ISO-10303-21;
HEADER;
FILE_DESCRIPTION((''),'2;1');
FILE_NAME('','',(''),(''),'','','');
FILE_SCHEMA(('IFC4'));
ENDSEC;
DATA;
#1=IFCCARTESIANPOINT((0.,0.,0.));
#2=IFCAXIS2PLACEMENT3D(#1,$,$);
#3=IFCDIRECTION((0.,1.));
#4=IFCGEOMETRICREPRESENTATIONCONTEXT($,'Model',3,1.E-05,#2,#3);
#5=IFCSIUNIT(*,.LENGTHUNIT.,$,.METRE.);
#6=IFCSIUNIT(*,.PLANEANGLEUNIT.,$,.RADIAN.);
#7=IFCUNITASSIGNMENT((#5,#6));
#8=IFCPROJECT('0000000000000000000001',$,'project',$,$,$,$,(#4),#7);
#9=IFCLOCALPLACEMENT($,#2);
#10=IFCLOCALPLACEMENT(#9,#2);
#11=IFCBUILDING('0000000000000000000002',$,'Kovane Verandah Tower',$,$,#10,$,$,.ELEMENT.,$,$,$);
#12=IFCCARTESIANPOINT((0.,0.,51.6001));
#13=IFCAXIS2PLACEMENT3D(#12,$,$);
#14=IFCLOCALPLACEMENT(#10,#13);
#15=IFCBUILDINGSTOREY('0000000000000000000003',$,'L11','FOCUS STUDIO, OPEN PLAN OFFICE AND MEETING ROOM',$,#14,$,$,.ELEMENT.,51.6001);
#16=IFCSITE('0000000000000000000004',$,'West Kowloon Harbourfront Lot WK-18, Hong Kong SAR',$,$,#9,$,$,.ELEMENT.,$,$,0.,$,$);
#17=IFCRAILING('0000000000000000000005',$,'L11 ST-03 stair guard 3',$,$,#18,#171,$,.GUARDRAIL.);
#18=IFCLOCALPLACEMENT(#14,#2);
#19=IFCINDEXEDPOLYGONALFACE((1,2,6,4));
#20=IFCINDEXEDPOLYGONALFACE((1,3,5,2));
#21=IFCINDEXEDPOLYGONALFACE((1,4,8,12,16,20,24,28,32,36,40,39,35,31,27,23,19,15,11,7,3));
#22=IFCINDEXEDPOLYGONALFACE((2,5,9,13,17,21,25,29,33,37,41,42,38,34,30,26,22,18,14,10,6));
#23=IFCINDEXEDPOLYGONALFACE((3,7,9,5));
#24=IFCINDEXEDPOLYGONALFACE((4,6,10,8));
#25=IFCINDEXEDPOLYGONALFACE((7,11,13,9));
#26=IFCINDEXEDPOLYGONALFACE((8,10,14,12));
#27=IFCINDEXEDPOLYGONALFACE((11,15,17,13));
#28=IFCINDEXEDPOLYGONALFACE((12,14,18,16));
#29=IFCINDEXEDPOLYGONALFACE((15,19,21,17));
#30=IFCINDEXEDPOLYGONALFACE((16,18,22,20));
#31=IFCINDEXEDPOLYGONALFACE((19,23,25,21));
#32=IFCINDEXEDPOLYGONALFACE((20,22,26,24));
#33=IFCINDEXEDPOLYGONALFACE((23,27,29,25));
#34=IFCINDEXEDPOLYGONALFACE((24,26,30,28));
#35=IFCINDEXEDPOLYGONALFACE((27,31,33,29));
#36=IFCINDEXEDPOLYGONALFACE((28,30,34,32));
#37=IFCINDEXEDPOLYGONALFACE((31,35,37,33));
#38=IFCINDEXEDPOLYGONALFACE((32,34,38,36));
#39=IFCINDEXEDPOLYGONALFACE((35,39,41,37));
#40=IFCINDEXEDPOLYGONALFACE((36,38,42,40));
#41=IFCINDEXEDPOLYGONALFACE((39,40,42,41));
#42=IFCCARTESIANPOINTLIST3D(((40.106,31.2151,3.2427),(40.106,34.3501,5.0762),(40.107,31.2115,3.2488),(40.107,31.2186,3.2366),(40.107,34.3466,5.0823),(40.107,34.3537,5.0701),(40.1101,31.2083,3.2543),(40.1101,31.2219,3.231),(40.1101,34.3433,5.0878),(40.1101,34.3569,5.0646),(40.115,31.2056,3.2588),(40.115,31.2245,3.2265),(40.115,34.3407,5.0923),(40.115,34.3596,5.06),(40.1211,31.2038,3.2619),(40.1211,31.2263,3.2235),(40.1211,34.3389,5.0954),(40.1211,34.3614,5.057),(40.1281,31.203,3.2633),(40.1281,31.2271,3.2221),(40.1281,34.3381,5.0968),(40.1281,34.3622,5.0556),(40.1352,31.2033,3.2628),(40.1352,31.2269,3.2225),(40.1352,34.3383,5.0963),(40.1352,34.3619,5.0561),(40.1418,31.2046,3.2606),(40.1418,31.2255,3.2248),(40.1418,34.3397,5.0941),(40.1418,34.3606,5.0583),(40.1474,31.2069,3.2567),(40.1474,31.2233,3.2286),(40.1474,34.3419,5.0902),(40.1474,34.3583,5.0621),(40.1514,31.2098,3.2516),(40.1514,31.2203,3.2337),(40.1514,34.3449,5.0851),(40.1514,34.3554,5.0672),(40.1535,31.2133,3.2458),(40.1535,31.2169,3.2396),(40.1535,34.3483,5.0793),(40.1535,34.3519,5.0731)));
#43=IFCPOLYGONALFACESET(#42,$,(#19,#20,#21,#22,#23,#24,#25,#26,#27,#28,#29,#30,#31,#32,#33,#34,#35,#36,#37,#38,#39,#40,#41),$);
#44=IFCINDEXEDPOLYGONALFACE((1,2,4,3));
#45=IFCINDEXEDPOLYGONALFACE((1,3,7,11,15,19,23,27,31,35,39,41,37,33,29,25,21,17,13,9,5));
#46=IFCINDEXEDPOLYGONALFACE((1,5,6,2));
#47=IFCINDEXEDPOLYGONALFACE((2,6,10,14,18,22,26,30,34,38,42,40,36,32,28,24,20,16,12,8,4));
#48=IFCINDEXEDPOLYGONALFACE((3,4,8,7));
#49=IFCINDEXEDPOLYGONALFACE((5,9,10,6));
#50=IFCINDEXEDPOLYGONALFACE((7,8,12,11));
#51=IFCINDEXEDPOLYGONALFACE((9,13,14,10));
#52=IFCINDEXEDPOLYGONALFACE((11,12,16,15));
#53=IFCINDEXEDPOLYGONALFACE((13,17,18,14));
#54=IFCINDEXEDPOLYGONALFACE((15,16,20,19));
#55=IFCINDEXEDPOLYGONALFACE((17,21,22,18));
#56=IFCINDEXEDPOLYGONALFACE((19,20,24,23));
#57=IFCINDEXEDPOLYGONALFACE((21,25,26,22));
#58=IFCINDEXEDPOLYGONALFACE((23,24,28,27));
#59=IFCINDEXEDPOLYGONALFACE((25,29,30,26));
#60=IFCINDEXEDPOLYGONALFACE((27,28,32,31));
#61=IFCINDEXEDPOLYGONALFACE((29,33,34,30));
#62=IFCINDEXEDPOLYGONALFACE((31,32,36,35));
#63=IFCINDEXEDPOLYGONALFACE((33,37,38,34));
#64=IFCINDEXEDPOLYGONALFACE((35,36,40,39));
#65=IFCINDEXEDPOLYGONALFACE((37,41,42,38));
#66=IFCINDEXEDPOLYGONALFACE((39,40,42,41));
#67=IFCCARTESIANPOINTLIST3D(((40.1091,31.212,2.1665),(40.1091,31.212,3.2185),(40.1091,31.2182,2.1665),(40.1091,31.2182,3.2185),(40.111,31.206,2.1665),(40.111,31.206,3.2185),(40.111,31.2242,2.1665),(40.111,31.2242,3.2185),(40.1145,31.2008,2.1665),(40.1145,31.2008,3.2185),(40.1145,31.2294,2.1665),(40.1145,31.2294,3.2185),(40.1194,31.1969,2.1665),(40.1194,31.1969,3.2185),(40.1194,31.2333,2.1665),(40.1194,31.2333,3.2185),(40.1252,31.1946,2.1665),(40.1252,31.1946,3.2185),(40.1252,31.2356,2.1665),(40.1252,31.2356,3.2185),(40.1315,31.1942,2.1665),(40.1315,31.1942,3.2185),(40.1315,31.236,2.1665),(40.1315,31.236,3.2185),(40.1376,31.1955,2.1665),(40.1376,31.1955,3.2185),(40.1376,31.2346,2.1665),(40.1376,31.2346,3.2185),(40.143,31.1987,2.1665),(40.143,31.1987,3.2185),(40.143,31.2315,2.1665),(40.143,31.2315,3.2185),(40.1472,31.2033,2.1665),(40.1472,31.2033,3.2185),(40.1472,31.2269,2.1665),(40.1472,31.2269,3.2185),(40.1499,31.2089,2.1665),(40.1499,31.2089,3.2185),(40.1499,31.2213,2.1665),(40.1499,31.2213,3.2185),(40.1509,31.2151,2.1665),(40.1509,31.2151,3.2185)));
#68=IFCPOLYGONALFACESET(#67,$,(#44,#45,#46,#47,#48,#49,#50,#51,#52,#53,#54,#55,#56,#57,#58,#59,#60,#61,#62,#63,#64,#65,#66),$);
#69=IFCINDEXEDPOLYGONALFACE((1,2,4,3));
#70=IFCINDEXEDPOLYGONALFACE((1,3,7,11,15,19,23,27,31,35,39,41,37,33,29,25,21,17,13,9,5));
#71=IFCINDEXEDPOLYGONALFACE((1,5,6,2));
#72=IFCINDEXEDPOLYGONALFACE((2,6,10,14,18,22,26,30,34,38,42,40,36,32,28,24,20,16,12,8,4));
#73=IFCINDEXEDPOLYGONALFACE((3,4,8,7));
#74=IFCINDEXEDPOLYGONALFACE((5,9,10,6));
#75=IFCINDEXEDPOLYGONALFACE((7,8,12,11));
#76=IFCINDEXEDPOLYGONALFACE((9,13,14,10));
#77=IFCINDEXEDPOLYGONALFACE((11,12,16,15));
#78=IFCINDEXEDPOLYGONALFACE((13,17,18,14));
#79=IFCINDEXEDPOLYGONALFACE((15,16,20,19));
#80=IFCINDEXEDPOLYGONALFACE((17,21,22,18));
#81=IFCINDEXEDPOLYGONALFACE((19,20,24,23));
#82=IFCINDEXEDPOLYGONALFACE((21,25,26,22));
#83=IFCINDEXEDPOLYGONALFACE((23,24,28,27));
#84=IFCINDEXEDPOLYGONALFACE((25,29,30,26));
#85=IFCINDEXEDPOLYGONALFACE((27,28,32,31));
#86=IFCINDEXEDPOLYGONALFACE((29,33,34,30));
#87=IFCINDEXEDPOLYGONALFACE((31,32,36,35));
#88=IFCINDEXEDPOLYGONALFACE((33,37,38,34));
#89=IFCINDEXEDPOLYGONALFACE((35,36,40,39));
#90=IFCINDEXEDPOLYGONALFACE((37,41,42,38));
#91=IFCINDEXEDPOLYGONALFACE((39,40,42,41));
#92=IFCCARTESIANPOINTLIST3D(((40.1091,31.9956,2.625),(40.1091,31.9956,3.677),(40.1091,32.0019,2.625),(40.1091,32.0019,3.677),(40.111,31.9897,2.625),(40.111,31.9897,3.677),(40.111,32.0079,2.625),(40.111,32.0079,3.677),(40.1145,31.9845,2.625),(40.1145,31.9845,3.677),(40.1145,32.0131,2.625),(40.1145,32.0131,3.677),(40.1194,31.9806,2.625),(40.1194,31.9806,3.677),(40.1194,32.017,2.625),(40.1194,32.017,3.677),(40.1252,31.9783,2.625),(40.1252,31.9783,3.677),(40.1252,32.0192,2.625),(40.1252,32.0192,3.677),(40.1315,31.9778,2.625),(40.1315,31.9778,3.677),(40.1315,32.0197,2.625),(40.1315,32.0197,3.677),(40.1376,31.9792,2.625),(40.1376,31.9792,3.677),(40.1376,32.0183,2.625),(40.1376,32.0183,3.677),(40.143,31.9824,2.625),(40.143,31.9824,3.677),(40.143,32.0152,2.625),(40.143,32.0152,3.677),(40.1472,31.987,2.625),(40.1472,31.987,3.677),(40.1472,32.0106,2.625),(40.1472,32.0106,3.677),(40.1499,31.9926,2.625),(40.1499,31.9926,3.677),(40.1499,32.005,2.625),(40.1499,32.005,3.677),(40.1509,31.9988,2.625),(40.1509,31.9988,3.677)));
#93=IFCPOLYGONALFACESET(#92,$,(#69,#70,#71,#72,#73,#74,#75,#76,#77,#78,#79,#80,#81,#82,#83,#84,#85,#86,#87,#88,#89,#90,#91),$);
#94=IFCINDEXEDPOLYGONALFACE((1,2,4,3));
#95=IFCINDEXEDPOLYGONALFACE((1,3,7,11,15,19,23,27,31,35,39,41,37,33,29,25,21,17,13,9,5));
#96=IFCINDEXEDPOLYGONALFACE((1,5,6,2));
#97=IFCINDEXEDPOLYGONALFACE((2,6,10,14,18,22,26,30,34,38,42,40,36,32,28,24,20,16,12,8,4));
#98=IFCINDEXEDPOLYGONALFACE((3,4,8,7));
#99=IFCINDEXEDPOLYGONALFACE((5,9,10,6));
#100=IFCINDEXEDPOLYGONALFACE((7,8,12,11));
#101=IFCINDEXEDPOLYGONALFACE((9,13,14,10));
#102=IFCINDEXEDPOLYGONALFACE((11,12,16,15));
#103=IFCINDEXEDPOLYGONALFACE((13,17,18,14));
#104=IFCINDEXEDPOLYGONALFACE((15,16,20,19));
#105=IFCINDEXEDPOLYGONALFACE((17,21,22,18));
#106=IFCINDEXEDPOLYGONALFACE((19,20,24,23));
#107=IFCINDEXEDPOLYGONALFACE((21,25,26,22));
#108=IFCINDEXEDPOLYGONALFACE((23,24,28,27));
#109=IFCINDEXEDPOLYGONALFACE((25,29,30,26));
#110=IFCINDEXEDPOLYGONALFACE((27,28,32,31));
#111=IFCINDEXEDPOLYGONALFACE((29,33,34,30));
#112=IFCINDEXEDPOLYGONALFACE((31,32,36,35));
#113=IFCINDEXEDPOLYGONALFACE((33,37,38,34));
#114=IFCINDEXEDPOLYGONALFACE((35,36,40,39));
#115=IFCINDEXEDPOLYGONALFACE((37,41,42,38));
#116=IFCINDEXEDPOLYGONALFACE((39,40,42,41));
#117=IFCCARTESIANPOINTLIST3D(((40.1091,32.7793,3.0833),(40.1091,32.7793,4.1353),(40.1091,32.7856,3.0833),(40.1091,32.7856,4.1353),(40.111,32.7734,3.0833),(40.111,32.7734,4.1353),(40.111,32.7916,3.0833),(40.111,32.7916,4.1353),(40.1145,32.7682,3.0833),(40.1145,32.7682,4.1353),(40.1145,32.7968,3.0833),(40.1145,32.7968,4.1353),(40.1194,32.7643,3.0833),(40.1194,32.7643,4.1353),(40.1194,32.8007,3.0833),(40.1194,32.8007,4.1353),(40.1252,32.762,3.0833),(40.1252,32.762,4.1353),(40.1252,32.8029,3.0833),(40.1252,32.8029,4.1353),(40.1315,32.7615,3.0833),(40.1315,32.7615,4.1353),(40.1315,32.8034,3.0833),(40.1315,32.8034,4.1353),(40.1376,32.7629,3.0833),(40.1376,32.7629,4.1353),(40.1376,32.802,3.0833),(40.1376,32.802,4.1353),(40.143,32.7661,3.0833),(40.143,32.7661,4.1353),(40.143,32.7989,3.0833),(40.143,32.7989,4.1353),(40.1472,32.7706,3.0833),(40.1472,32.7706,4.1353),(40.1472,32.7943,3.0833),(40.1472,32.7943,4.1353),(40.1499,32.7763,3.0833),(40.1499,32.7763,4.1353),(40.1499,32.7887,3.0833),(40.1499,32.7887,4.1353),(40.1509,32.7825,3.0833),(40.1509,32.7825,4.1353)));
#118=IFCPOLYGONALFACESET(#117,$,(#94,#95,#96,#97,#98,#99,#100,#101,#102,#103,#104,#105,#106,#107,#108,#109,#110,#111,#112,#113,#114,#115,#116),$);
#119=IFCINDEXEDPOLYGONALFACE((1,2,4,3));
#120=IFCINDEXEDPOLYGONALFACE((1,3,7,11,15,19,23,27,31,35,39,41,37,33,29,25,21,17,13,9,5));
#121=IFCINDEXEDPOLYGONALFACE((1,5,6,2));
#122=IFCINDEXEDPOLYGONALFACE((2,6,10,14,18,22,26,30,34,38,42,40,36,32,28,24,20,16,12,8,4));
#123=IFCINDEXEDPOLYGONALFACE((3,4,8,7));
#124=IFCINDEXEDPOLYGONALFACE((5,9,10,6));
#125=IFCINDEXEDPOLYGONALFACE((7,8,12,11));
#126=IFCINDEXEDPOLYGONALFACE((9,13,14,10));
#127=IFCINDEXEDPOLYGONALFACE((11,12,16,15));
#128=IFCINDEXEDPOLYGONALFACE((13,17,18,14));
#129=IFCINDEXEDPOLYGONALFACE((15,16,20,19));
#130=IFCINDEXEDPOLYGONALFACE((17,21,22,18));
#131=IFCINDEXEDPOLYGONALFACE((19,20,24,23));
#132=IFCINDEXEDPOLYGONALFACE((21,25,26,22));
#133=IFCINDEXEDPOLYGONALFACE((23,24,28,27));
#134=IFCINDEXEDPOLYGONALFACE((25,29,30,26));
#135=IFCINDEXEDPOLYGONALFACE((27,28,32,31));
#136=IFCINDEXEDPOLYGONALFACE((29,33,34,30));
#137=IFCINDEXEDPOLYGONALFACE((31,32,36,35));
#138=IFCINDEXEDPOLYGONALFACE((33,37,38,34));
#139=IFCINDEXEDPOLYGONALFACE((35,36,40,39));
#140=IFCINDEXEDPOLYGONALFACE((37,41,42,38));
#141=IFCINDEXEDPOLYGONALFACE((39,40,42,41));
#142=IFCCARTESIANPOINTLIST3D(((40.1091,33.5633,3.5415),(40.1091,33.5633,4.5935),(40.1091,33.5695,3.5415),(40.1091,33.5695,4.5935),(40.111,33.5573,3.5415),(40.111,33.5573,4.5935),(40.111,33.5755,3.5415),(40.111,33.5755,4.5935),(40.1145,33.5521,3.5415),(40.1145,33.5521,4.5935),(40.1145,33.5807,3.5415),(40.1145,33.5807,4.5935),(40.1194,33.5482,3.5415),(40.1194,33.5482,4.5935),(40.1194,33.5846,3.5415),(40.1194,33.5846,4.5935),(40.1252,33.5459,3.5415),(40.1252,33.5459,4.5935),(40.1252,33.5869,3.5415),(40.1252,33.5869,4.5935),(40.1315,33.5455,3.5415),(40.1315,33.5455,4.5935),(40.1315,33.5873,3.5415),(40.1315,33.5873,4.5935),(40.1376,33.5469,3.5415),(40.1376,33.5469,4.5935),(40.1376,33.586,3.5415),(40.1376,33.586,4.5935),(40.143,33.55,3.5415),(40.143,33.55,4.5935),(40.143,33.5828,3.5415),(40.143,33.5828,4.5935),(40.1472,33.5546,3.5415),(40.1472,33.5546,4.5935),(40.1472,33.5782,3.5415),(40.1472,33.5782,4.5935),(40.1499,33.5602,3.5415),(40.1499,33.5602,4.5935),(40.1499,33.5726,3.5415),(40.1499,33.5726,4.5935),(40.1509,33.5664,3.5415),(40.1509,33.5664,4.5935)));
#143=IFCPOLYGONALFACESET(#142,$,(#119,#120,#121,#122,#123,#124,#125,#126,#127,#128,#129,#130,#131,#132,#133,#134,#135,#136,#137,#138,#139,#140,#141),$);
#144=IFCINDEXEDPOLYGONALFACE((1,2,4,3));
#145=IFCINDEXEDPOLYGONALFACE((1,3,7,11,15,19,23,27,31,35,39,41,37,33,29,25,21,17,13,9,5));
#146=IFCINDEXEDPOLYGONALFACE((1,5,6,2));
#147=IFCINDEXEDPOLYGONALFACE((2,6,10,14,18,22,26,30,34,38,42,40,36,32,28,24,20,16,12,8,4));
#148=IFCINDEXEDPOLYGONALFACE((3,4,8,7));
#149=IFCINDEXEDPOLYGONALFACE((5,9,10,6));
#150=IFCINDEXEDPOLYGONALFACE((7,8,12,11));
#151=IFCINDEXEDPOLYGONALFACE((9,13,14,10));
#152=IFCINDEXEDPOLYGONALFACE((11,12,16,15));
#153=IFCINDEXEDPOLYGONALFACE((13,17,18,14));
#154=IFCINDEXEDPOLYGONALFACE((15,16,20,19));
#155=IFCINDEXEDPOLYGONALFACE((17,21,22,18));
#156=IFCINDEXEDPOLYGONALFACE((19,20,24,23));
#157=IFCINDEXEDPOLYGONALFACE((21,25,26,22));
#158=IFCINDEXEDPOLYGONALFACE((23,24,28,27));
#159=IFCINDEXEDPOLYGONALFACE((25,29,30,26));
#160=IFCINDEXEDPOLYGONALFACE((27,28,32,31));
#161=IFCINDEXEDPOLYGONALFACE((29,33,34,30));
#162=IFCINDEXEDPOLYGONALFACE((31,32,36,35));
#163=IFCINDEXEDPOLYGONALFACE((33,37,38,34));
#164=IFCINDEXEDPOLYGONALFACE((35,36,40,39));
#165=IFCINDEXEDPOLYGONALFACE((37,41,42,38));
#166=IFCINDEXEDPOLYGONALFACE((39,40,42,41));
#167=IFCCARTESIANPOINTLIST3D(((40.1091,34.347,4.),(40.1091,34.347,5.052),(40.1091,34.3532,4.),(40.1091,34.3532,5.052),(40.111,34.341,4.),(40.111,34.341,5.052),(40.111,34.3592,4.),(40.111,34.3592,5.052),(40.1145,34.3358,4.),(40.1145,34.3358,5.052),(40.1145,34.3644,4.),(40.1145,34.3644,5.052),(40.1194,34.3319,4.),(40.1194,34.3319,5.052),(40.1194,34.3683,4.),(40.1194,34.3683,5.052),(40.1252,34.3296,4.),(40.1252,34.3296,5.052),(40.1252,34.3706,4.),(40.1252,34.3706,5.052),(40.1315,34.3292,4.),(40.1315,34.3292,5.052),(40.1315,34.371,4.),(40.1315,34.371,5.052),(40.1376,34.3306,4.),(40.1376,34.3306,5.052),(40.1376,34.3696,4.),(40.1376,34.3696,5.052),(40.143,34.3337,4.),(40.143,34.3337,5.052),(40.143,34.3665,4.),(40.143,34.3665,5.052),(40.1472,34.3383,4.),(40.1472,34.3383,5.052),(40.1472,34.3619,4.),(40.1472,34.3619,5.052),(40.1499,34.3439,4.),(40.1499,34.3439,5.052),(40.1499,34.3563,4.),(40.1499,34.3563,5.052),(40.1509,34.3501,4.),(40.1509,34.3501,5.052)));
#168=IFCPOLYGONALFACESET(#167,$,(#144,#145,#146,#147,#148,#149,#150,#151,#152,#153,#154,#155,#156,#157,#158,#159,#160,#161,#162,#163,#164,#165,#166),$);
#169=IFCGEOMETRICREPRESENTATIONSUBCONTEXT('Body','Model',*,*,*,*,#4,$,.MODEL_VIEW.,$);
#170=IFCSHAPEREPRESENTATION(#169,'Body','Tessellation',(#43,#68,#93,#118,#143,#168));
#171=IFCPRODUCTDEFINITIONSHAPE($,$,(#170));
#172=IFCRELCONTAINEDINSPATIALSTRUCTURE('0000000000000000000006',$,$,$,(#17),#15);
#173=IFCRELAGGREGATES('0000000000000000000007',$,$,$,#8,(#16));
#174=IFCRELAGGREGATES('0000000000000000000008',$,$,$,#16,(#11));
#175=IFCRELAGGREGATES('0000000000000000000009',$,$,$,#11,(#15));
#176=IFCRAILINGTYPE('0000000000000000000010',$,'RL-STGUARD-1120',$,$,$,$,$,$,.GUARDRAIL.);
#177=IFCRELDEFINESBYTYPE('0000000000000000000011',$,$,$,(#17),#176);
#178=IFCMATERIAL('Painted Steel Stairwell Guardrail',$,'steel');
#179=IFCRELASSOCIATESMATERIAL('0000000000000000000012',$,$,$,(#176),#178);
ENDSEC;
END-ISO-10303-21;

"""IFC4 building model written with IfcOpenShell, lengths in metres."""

from ifc_helpers import new_model, si_unit, direction, frame, origin, origin_2d, place, context, subcontext, project, spatial, circle, extrude, material, type_object, element, save


model = new_model("IFC4")

# Units and contexts
model_context = context("Model", 3, precision=1e-05, world=origin(), true_north=direction((0.0, 1.0)))
body_context = subcontext(model_context, "Body", "Model", "MODEL_VIEW")
ifc_project = project(units=[si_unit("LENGTHUNIT", "METRE"), si_unit("PLANEANGLEUNIT", "RADIAN")], contexts=[model_context])

# Site, building, storey
site_placement = place(None, origin())
site = spatial("IfcSite", under=ifc_project, at=site_placement, Name="West Kowloon Harbourfront Lot WK-18, Hong Kong SAR", CompositionType="ELEMENT", RefElevation=0.0)
building_placement = place(site_placement, origin())
building = spatial("IfcBuilding", under=site, at=building_placement, Name="Kovane Verandah Tower", CompositionType="ELEMENT")
storey_placement = place(building_placement, frame((0.0, 0.0, 51.6001)))
storey = spatial("IfcBuildingStorey", under=building, at=storey_placement, Name="L11", Description="FOCUS STUDIO, OPEN PLAN OFFICE AND MEETING ROOM", CompositionType="ELEMENT", Elevation=51.6001)

# Railing
ifc_material_1 = material(Name="Painted Steel Stairwell Guardrail", Category="steel")
railing_type_1 = type_object("IfcRailingType", Name="RL-STGUARD-1120", PredefinedType="GUARDRAIL", material=ifc_material_1)
railing_1_placement = place(storey_placement, frame((40.1299, 31.2151, 2.1665)))
element("IfcRailing", 1, at=railing_1_placement, inside=storey, type_object=railing_type_1, Name="L11 ST-03 stair guard 3", PredefinedType="GUARDRAIL", context=body_context, shape_type="SweptSolid", body=[
    extrude(circle(Radius=0.0239, at=origin_2d()), frame((0.0, 0.0, 1.0762), z_axis=(0.0, 0.86321, 0.504845), x_axis=(-1.0, 0.0, 0.0)), (0.0, 0.0, 1.0), 3.6318),
    extrude(circle(Radius=0.021, at=origin_2d()), origin(), (0.0, 0.0, 1.0), 1.052),
    extrude(circle(Radius=0.021, at=origin_2d()), frame((0.0, 0.7837, 0.4585)), (0.0, 0.0, 1.0), 1.052),
    extrude(circle(Radius=0.021, at=origin_2d()), frame((0.0, 1.5674, 0.9167)), (0.0, 0.0, 1.0), 1.052),
    extrude(circle(Radius=0.021, at=origin_2d()), frame((0.0, 2.3513, 1.375)), (0.0, 0.0, 1.0), 1.052),
    extrude(circle(Radius=0.021, at=origin_2d()), frame((0.0, 3.135, 1.8335)), (0.0, 0.0, 1.0), 1.052),
])

save(model, "model.ifc")
